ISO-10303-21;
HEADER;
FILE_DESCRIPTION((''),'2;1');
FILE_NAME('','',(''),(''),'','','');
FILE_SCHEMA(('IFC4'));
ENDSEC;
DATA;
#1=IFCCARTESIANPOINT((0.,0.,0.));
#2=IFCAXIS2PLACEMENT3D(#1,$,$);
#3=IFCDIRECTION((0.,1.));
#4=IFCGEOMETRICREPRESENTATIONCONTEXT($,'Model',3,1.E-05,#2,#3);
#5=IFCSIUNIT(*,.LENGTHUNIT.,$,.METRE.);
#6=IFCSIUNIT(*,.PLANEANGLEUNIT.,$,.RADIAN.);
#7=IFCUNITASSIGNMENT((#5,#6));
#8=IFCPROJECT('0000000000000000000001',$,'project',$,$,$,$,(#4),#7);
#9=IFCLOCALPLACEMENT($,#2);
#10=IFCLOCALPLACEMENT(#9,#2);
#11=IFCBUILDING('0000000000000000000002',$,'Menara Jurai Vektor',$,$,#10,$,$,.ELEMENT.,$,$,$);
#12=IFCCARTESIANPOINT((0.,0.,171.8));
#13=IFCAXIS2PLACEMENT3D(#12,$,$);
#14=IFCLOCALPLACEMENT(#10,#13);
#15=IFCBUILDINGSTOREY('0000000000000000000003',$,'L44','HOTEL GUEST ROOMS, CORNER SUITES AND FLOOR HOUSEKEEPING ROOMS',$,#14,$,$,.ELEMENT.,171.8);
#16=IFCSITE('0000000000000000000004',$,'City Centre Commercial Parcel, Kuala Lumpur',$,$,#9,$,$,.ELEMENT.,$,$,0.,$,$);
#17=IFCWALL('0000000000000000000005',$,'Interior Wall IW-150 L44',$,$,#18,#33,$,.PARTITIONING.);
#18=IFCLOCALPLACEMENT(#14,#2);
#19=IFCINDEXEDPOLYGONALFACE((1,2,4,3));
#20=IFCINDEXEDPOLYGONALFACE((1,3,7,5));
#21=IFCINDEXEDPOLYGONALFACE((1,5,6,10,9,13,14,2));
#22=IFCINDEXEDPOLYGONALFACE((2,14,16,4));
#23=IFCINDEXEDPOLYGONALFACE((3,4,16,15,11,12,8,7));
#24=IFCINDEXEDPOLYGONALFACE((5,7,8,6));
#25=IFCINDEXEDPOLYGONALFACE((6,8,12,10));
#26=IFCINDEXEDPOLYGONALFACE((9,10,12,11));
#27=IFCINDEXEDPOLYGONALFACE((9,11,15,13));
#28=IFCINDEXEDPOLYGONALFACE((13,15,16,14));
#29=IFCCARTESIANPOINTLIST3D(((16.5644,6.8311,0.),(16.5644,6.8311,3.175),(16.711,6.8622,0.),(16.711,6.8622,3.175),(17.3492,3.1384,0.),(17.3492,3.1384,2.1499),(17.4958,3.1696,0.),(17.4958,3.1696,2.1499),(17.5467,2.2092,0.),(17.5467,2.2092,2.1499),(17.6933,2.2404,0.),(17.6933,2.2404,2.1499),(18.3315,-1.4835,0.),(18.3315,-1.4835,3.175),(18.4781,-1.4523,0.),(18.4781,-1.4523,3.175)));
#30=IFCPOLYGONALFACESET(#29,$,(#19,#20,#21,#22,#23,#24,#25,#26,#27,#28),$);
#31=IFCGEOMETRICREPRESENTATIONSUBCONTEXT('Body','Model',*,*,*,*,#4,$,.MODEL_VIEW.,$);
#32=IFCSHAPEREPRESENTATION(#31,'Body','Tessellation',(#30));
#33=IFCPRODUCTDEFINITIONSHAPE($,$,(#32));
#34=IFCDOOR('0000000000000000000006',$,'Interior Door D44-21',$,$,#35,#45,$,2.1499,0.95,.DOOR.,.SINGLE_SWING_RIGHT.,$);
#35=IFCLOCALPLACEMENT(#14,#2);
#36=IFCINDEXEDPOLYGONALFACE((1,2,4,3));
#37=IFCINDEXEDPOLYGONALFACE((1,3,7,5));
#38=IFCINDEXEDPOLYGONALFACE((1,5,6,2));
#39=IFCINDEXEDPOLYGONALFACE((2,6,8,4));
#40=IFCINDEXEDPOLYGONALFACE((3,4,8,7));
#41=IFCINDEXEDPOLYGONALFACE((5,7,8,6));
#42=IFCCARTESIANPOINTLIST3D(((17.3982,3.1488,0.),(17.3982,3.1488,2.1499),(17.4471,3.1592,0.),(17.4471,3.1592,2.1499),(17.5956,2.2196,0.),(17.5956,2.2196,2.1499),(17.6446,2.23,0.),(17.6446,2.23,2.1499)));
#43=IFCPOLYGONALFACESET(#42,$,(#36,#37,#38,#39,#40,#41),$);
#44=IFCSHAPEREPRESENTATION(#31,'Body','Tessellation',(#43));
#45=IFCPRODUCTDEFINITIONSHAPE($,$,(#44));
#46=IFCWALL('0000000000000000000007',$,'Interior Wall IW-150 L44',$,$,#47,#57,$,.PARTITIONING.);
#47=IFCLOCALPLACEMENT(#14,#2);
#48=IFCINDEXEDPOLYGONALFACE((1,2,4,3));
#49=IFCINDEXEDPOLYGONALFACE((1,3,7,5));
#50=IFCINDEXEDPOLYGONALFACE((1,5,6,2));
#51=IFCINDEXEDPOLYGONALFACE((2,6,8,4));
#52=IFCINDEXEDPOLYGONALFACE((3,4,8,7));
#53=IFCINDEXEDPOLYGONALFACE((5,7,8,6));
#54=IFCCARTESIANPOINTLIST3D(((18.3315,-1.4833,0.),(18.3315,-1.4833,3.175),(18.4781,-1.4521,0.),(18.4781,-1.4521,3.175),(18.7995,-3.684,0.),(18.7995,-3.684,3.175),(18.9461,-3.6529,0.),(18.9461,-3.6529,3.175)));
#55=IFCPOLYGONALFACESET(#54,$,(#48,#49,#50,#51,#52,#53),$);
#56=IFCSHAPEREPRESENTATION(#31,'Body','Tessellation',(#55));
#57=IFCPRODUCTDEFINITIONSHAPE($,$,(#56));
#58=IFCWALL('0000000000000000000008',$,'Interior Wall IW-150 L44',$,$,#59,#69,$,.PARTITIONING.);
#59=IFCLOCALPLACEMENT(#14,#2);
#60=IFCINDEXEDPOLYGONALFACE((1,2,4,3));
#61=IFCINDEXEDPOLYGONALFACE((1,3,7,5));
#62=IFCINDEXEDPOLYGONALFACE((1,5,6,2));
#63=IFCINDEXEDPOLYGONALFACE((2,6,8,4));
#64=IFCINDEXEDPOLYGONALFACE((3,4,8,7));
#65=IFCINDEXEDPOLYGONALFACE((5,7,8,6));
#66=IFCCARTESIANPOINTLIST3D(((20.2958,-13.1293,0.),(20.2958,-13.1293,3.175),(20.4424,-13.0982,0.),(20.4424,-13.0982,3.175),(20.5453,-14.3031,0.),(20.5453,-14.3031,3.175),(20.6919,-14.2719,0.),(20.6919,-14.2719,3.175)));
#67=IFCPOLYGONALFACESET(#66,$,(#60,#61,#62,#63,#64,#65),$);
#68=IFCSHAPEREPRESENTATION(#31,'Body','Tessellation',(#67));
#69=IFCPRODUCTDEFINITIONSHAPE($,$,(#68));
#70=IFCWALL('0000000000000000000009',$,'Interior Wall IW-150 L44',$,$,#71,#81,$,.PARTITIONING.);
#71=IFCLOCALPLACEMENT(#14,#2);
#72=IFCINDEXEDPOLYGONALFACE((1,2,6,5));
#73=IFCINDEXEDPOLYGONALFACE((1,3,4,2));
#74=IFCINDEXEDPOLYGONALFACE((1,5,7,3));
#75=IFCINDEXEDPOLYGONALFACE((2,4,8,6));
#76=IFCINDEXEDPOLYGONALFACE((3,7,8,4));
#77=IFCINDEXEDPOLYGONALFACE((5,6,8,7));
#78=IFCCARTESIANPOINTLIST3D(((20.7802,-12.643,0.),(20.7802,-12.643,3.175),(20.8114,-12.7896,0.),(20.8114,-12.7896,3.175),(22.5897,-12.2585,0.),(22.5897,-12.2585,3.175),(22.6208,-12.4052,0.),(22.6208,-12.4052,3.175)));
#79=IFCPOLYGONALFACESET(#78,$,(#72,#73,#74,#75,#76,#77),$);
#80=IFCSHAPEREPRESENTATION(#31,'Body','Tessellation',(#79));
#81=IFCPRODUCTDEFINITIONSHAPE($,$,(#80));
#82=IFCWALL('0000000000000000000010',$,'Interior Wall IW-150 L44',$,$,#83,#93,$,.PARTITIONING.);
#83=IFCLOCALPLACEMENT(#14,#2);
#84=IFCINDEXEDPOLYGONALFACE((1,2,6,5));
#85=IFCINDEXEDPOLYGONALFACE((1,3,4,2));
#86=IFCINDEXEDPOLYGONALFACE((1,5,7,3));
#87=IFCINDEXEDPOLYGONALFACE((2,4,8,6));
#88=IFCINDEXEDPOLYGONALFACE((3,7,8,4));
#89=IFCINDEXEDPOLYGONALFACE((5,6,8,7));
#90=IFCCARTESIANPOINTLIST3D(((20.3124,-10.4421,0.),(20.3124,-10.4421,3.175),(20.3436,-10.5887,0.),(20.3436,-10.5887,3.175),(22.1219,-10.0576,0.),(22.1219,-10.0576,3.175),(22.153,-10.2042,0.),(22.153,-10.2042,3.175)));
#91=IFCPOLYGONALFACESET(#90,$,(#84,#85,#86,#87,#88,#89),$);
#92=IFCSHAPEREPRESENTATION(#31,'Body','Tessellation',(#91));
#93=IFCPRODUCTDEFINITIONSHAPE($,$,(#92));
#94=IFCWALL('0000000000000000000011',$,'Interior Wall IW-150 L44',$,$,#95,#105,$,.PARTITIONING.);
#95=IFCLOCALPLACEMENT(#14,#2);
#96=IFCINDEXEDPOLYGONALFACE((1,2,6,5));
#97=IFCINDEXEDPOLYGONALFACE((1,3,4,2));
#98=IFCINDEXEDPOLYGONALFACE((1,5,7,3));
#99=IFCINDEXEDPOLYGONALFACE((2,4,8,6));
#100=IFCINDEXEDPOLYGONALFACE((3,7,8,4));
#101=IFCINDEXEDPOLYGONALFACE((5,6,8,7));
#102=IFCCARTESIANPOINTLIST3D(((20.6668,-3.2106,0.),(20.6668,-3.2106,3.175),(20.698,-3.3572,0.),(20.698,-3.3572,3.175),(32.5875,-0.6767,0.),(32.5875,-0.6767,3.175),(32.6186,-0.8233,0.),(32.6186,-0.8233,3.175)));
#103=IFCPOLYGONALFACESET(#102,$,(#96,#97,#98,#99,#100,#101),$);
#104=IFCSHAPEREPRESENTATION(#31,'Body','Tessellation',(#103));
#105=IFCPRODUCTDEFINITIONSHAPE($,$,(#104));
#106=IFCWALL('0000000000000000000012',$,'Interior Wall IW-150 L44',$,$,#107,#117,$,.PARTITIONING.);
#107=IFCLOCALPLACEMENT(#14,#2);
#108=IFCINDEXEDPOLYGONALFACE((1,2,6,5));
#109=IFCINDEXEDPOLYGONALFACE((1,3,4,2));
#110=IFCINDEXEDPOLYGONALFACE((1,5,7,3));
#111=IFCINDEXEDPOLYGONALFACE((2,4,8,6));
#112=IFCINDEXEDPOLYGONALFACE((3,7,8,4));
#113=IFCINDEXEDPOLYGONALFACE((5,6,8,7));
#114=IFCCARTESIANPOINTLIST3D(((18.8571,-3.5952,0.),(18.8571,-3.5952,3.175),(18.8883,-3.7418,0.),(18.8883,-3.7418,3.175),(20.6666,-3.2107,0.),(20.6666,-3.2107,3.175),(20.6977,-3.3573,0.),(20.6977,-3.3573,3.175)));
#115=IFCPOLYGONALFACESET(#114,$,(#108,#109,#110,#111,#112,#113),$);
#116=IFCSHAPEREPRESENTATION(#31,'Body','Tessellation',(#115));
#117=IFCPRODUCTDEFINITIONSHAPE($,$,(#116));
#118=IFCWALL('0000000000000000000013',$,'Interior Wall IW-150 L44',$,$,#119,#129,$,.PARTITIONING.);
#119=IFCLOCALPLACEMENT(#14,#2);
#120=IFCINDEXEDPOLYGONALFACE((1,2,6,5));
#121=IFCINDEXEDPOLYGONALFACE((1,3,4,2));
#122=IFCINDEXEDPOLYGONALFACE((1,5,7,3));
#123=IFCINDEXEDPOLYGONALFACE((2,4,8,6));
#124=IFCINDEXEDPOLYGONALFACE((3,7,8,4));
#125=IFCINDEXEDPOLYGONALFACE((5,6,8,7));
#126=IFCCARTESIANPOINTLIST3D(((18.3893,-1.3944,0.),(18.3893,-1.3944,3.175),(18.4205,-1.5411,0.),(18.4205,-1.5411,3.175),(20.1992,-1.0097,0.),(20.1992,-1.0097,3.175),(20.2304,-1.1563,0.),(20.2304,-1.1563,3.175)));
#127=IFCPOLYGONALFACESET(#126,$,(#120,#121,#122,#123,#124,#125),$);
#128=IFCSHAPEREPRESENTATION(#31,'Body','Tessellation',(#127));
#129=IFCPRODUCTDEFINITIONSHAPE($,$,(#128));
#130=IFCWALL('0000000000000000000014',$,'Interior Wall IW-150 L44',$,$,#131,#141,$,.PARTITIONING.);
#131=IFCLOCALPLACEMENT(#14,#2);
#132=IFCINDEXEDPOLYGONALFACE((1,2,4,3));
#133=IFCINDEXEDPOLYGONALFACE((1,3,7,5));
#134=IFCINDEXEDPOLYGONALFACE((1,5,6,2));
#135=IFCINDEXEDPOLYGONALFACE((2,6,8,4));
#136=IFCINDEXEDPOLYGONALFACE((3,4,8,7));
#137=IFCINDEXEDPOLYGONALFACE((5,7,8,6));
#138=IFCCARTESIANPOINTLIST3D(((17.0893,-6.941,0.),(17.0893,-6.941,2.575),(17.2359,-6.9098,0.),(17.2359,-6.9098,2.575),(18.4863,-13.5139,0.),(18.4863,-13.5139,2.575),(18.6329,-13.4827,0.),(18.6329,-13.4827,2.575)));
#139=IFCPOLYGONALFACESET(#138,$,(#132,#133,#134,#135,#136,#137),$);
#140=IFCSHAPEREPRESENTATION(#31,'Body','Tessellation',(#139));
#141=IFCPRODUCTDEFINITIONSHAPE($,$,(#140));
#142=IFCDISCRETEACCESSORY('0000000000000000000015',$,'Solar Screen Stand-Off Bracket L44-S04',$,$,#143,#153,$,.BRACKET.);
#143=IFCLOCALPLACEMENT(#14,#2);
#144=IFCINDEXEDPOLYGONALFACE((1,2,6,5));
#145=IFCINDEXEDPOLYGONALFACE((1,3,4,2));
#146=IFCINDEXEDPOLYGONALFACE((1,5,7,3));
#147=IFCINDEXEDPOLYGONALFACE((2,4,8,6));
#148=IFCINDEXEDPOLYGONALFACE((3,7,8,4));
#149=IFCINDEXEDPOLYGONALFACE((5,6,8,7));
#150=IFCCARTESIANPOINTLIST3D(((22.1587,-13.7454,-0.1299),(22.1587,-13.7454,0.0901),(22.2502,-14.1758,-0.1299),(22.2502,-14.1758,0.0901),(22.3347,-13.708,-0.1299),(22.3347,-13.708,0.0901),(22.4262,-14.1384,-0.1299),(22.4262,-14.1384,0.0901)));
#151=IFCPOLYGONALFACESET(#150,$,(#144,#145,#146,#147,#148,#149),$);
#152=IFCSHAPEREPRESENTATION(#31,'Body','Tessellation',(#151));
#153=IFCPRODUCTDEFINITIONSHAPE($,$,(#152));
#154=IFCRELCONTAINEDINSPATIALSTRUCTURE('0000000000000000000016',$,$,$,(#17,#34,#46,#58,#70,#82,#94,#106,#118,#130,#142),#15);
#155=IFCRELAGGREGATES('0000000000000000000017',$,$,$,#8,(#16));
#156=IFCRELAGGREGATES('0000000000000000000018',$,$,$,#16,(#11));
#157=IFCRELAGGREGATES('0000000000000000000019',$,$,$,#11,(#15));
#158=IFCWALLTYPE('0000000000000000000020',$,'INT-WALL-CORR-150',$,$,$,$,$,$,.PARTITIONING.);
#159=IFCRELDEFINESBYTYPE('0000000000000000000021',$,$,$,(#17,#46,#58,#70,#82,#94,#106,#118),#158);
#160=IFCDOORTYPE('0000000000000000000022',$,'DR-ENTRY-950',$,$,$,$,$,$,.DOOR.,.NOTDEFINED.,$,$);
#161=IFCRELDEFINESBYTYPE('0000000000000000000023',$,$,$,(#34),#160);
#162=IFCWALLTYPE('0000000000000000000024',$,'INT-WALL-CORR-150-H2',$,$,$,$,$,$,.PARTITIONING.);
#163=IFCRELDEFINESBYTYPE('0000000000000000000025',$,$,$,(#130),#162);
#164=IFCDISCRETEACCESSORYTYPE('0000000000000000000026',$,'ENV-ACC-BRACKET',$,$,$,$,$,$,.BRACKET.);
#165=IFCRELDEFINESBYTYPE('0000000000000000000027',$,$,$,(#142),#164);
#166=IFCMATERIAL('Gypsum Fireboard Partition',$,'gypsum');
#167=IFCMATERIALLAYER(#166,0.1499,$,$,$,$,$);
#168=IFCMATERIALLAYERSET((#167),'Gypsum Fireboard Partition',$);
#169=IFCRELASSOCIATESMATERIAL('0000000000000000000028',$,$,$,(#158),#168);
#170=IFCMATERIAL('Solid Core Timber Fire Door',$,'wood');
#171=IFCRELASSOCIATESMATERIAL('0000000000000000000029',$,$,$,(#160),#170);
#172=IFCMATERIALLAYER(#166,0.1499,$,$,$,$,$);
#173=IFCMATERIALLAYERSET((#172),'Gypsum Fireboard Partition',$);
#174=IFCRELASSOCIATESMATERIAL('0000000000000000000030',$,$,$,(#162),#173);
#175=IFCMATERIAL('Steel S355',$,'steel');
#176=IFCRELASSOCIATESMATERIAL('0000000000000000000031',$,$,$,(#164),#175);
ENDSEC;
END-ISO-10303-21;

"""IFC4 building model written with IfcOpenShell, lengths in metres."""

from ifc_helpers import new_model, si_unit, direction, frame, frame_2d, origin, origin_2d, place, context, subcontext, project, spatial, rectangle, extrude, material, layer, layer_set, type_object, element, fill, save


model = new_model("IFC4")

# Units and contexts
model_context = context("Model", 3, precision=1e-05, world=origin(), true_north=direction((0.0, 1.0)))
body_context = subcontext(model_context, "Body", "Model", "MODEL_VIEW")
ifc_project = project(units=[si_unit("LENGTHUNIT", "METRE"), si_unit("PLANEANGLEUNIT", "RADIAN")], contexts=[model_context])

# Site, building, storey
site_placement = place(None, origin())
site = spatial("IfcSite", under=ifc_project, at=site_placement, Name="City Centre Commercial Parcel, Kuala Lumpur", CompositionType="ELEMENT", RefElevation=0.0)
building_placement = place(site_placement, origin())
building = spatial("IfcBuilding", under=site, at=building_placement, Name="Menara Jurai Vektor", CompositionType="ELEMENT")
storey_placement = place(building_placement, frame((0.0, 0.0, 171.8)))
storey = spatial("IfcBuildingStorey", under=building, at=storey_placement, Name="L44", Description="HOTEL GUEST ROOMS, CORNER SUITES AND FLOOR HOUSEKEEPING ROOMS", CompositionType="ELEMENT", Elevation=171.8)

# Shared definitions
ifc_material_1 = material(Name="Steel S355", Category="steel")

# Shared definitions
ifc_material_2 = material(Name="Gypsum Fireboard Partition", Category="gypsum")
ifc_layer_1 = layer(ifc_material_2, 0.1499)
ifc_layer_set_1 = layer_set([ifc_layer_1], Name="Gypsum Fireboard Partition")
wall_type_1 = type_object("IfcWallType", Name="INT-WALL-CORR-150", PredefinedType="PARTITIONING", material=ifc_layer_set_1)

# Shared definitions
ifc_material_3 = material(Name="Solid Core Timber Fire Door", Category="wood")
door_type_1 = type_object("IfcDoorType", Name="DR-ENTRY-950", OperationType="NOTDEFINED", PredefinedType="DOOR", material=ifc_material_3)

# Wall, opening, door
wall_1_placement = place(storey_placement, frame((18.4048, -1.4678, 0.0), z_axis=(0.0, 0.0, 1.0), x_axis=(-0.207889, 0.978152, 0.0)))
wall_1 = element("IfcWall", 1, at=wall_1_placement, inside=storey, type_object=wall_type_1, Name="Interior Wall IW-150 L44", PredefinedType="PARTITIONING", context=body_context, shape_type="SweptSolid", body=[
    extrude(rectangle(XDim=8.5002, YDim=0.1499, at=frame_2d((4.25, 0.0))), origin(), (0.0, 0.0, 1.0), 3.175),
])
opening_1_placement = place(wall_1_placement, frame((3.7749, 0.0, 0.0)))
opening_1 = element("IfcOpeningElement", 2, at=opening_1_placement, cuts=wall_1, PredefinedType="OPENING", context=body_context, shape_type="SweptSolid", body=[
    extrude(rectangle(XDim=0.95, YDim=2.1499, at=frame_2d((0.4751, 1.075))), frame((0.0, 0.085, 0.0), z_axis=(0.0, -1.0, 0.0), x_axis=(1.0, 0.0, 0.0)), (0.0, 0.0, 1.0), 0.1699),
])
door_1_placement = place(opening_1_placement, origin())
door_1 = element("IfcDoor", 3, at=door_1_placement, inside=storey, type_object=door_type_1, Name="Interior Door D44-21", OperationType="SINGLE_SWING_RIGHT", OverallHeight=2.1499, OverallWidth=0.95, PredefinedType="DOOR", context=body_context, shape_type="SweptSolid", body=[
    extrude(rectangle(XDim=0.95, YDim=2.1499, at=frame_2d((0.4751, 1.075))), frame((0.0, 0.0249, 0.0), z_axis=(0.0, -1.0, 0.0), x_axis=(1.0, 0.0, 0.0)), (0.0, 0.0, 1.0), 0.05),
])
fill(opening_1, door_1)

# Walls
wall_2_placement = place(storey_placement, frame((18.8728, -3.6685, 0.0), z_axis=(0.0, 0.0, 1.0), x_axis=(-0.208017, 0.978125, 0.0)))
element("IfcWall", 4, at=wall_2_placement, inside=storey, type_object=wall_type_1, Name="Interior Wall IW-150 L44", PredefinedType="PARTITIONING", context=body_context, shape_type="SweptSolid", body=[
    extrude(rectangle(XDim=2.25, YDim=0.1499, at=frame_2d((1.125, 0.0))), origin(), (0.0, 0.0, 1.0), 3.175),
])
wall_3_placement = place(storey_placement, frame((20.6187, -14.2876, 0.0), z_axis=(0.0, 0.0, 1.0), x_axis=(-0.207917, 0.978146, 0.0)))
element("IfcWall", 5, at=wall_3_placement, inside=storey, type_object=wall_type_1, Name="Interior Wall IW-150 L44", PredefinedType="PARTITIONING", context=body_context, shape_type="SweptSolid", body=[
    extrude(rectangle(XDim=1.2, YDim=0.1499, at=frame_2d((0.6001, 0.0))), origin(), (0.0, 0.0, 1.0), 3.175),
])
for number, where, z_axis, x_axis, name in (
    (6, (20.7959, -12.7163, 0.0), (0.0, 0.0, 1.0), (0.97816, 0.207852, 0.0), "Interior Wall IW-150 L44"),
    (7, (20.3281, -10.5154, 0.0), (0.0, 0.0, 1.0), (0.97816, 0.207852, 0.0), "Interior Wall IW-150 L44"),
):
    element("IfcWall", number, at=place(storey_placement, frame(where, z_axis=z_axis, x_axis=x_axis)), inside=storey, type_object=wall_type_1, Name=name, PredefinedType="PARTITIONING", context=body_context, shape_type="SweptSolid", body=[
        extrude(rectangle(XDim=1.8499, YDim=0.1499, at=frame_2d((0.9248, 0.0))), origin(), (0.0, 0.0, 1.0), 3.175),
    ])

# Walls
wall_4_placement = place(storey_placement, frame((20.6824, -3.2839, 0.0), z_axis=(0.0, 0.0, 1.0), x_axis=(0.978146, 0.207921, 0.0)))
element("IfcWall", 8, at=wall_4_placement, inside=storey, type_object=wall_type_1, Name="Interior Wall IW-150 L44", PredefinedType="PARTITIONING", context=body_context, shape_type="SweptSolid", body=[
    extrude(rectangle(XDim=12.187, YDim=0.1499, at=frame_2d((6.0935, 0.0))), origin(), (0.0, 0.0, 1.0), 3.175),
])
wall_5_placement = place(storey_placement, frame((18.8728, -3.6685, 0.0), z_axis=(0.0, 0.0, 1.0), x_axis=(0.97816, 0.207852, 0.0)))
element("IfcWall", 9, at=wall_5_placement, inside=storey, type_object=wall_type_1, Name="Interior Wall IW-150 L44", PredefinedType="PARTITIONING", context=body_context, shape_type="SweptSolid", body=[
    extrude(rectangle(XDim=1.8499, YDim=0.1499, at=frame_2d((0.9248, 0.0))), origin(), (0.0, 0.0, 1.0), 3.175),
])
wall_6_placement = place(storey_placement, frame((18.4048, -1.4678, 0.0), z_axis=(0.0, 0.0, 1.0), x_axis=(0.978139, 0.207952, 0.0)))
element("IfcWall", 10, at=wall_6_placement, inside=storey, type_object=wall_type_1, Name="Interior Wall IW-150 L44", PredefinedType="PARTITIONING", context=body_context, shape_type="SweptSolid", body=[
    extrude(rectangle(XDim=1.8503, YDim=0.1499, at=frame_2d((0.9253, 0.0))), origin(), (0.0, 0.0, 1.0), 3.175),
])

# Wall
ifc_layer_2 = layer(ifc_material_2, 0.1499)
ifc_layer_set_2 = layer_set([ifc_layer_2], Name="Gypsum Fireboard Partition")
wall_type_2 = type_object("IfcWallType", Name="INT-WALL-CORR-150-H2", PredefinedType="PARTITIONING", material=ifc_layer_set_2)
wall_7_placement = place(storey_placement, frame((18.5596, -13.4983, 0.0), z_axis=(0.0, 0.0, 1.0), x_axis=(-0.207889, 0.978152, 0.0)))
element("IfcWall", 11, at=wall_7_placement, inside=storey, type_object=wall_type_2, Name="Interior Wall IW-150 L44", PredefinedType="PARTITIONING", context=body_context, shape_type="SweptSolid", body=[
    extrude(rectangle(XDim=6.7197, YDim=0.1499, at=frame_2d((3.3599, 0.0))), origin(), (0.0, 0.0, 1.0), 2.575),
])

# Discrete accessory
discrete_accessory_type = type_object("IfcDiscreteAccessoryType", Name="ENV-ACC-BRACKET", PredefinedType="BRACKET", material=ifc_material_1)
discrete_accessory_placement = place(storey_placement, frame((22.2925, -13.9419, -0.1299), z_axis=(0.0, 0.0, 1.0), x_axis=(0.978148, 0.207912, 0.0)))
element("IfcDiscreteAccessory", 12, at=discrete_accessory_placement, inside=storey, type_object=discrete_accessory_type, Name="Solar Screen Stand-Off Bracket L44-S04", PredefinedType="BRACKET", context=body_context, shape_type="SweptSolid", body=[
    extrude(rectangle(XDim=0.1799, YDim=0.4399, at=origin_2d()), origin(), (0.0, 0.0, 1.0), 0.22),
])

save(model, "model.ifc")
